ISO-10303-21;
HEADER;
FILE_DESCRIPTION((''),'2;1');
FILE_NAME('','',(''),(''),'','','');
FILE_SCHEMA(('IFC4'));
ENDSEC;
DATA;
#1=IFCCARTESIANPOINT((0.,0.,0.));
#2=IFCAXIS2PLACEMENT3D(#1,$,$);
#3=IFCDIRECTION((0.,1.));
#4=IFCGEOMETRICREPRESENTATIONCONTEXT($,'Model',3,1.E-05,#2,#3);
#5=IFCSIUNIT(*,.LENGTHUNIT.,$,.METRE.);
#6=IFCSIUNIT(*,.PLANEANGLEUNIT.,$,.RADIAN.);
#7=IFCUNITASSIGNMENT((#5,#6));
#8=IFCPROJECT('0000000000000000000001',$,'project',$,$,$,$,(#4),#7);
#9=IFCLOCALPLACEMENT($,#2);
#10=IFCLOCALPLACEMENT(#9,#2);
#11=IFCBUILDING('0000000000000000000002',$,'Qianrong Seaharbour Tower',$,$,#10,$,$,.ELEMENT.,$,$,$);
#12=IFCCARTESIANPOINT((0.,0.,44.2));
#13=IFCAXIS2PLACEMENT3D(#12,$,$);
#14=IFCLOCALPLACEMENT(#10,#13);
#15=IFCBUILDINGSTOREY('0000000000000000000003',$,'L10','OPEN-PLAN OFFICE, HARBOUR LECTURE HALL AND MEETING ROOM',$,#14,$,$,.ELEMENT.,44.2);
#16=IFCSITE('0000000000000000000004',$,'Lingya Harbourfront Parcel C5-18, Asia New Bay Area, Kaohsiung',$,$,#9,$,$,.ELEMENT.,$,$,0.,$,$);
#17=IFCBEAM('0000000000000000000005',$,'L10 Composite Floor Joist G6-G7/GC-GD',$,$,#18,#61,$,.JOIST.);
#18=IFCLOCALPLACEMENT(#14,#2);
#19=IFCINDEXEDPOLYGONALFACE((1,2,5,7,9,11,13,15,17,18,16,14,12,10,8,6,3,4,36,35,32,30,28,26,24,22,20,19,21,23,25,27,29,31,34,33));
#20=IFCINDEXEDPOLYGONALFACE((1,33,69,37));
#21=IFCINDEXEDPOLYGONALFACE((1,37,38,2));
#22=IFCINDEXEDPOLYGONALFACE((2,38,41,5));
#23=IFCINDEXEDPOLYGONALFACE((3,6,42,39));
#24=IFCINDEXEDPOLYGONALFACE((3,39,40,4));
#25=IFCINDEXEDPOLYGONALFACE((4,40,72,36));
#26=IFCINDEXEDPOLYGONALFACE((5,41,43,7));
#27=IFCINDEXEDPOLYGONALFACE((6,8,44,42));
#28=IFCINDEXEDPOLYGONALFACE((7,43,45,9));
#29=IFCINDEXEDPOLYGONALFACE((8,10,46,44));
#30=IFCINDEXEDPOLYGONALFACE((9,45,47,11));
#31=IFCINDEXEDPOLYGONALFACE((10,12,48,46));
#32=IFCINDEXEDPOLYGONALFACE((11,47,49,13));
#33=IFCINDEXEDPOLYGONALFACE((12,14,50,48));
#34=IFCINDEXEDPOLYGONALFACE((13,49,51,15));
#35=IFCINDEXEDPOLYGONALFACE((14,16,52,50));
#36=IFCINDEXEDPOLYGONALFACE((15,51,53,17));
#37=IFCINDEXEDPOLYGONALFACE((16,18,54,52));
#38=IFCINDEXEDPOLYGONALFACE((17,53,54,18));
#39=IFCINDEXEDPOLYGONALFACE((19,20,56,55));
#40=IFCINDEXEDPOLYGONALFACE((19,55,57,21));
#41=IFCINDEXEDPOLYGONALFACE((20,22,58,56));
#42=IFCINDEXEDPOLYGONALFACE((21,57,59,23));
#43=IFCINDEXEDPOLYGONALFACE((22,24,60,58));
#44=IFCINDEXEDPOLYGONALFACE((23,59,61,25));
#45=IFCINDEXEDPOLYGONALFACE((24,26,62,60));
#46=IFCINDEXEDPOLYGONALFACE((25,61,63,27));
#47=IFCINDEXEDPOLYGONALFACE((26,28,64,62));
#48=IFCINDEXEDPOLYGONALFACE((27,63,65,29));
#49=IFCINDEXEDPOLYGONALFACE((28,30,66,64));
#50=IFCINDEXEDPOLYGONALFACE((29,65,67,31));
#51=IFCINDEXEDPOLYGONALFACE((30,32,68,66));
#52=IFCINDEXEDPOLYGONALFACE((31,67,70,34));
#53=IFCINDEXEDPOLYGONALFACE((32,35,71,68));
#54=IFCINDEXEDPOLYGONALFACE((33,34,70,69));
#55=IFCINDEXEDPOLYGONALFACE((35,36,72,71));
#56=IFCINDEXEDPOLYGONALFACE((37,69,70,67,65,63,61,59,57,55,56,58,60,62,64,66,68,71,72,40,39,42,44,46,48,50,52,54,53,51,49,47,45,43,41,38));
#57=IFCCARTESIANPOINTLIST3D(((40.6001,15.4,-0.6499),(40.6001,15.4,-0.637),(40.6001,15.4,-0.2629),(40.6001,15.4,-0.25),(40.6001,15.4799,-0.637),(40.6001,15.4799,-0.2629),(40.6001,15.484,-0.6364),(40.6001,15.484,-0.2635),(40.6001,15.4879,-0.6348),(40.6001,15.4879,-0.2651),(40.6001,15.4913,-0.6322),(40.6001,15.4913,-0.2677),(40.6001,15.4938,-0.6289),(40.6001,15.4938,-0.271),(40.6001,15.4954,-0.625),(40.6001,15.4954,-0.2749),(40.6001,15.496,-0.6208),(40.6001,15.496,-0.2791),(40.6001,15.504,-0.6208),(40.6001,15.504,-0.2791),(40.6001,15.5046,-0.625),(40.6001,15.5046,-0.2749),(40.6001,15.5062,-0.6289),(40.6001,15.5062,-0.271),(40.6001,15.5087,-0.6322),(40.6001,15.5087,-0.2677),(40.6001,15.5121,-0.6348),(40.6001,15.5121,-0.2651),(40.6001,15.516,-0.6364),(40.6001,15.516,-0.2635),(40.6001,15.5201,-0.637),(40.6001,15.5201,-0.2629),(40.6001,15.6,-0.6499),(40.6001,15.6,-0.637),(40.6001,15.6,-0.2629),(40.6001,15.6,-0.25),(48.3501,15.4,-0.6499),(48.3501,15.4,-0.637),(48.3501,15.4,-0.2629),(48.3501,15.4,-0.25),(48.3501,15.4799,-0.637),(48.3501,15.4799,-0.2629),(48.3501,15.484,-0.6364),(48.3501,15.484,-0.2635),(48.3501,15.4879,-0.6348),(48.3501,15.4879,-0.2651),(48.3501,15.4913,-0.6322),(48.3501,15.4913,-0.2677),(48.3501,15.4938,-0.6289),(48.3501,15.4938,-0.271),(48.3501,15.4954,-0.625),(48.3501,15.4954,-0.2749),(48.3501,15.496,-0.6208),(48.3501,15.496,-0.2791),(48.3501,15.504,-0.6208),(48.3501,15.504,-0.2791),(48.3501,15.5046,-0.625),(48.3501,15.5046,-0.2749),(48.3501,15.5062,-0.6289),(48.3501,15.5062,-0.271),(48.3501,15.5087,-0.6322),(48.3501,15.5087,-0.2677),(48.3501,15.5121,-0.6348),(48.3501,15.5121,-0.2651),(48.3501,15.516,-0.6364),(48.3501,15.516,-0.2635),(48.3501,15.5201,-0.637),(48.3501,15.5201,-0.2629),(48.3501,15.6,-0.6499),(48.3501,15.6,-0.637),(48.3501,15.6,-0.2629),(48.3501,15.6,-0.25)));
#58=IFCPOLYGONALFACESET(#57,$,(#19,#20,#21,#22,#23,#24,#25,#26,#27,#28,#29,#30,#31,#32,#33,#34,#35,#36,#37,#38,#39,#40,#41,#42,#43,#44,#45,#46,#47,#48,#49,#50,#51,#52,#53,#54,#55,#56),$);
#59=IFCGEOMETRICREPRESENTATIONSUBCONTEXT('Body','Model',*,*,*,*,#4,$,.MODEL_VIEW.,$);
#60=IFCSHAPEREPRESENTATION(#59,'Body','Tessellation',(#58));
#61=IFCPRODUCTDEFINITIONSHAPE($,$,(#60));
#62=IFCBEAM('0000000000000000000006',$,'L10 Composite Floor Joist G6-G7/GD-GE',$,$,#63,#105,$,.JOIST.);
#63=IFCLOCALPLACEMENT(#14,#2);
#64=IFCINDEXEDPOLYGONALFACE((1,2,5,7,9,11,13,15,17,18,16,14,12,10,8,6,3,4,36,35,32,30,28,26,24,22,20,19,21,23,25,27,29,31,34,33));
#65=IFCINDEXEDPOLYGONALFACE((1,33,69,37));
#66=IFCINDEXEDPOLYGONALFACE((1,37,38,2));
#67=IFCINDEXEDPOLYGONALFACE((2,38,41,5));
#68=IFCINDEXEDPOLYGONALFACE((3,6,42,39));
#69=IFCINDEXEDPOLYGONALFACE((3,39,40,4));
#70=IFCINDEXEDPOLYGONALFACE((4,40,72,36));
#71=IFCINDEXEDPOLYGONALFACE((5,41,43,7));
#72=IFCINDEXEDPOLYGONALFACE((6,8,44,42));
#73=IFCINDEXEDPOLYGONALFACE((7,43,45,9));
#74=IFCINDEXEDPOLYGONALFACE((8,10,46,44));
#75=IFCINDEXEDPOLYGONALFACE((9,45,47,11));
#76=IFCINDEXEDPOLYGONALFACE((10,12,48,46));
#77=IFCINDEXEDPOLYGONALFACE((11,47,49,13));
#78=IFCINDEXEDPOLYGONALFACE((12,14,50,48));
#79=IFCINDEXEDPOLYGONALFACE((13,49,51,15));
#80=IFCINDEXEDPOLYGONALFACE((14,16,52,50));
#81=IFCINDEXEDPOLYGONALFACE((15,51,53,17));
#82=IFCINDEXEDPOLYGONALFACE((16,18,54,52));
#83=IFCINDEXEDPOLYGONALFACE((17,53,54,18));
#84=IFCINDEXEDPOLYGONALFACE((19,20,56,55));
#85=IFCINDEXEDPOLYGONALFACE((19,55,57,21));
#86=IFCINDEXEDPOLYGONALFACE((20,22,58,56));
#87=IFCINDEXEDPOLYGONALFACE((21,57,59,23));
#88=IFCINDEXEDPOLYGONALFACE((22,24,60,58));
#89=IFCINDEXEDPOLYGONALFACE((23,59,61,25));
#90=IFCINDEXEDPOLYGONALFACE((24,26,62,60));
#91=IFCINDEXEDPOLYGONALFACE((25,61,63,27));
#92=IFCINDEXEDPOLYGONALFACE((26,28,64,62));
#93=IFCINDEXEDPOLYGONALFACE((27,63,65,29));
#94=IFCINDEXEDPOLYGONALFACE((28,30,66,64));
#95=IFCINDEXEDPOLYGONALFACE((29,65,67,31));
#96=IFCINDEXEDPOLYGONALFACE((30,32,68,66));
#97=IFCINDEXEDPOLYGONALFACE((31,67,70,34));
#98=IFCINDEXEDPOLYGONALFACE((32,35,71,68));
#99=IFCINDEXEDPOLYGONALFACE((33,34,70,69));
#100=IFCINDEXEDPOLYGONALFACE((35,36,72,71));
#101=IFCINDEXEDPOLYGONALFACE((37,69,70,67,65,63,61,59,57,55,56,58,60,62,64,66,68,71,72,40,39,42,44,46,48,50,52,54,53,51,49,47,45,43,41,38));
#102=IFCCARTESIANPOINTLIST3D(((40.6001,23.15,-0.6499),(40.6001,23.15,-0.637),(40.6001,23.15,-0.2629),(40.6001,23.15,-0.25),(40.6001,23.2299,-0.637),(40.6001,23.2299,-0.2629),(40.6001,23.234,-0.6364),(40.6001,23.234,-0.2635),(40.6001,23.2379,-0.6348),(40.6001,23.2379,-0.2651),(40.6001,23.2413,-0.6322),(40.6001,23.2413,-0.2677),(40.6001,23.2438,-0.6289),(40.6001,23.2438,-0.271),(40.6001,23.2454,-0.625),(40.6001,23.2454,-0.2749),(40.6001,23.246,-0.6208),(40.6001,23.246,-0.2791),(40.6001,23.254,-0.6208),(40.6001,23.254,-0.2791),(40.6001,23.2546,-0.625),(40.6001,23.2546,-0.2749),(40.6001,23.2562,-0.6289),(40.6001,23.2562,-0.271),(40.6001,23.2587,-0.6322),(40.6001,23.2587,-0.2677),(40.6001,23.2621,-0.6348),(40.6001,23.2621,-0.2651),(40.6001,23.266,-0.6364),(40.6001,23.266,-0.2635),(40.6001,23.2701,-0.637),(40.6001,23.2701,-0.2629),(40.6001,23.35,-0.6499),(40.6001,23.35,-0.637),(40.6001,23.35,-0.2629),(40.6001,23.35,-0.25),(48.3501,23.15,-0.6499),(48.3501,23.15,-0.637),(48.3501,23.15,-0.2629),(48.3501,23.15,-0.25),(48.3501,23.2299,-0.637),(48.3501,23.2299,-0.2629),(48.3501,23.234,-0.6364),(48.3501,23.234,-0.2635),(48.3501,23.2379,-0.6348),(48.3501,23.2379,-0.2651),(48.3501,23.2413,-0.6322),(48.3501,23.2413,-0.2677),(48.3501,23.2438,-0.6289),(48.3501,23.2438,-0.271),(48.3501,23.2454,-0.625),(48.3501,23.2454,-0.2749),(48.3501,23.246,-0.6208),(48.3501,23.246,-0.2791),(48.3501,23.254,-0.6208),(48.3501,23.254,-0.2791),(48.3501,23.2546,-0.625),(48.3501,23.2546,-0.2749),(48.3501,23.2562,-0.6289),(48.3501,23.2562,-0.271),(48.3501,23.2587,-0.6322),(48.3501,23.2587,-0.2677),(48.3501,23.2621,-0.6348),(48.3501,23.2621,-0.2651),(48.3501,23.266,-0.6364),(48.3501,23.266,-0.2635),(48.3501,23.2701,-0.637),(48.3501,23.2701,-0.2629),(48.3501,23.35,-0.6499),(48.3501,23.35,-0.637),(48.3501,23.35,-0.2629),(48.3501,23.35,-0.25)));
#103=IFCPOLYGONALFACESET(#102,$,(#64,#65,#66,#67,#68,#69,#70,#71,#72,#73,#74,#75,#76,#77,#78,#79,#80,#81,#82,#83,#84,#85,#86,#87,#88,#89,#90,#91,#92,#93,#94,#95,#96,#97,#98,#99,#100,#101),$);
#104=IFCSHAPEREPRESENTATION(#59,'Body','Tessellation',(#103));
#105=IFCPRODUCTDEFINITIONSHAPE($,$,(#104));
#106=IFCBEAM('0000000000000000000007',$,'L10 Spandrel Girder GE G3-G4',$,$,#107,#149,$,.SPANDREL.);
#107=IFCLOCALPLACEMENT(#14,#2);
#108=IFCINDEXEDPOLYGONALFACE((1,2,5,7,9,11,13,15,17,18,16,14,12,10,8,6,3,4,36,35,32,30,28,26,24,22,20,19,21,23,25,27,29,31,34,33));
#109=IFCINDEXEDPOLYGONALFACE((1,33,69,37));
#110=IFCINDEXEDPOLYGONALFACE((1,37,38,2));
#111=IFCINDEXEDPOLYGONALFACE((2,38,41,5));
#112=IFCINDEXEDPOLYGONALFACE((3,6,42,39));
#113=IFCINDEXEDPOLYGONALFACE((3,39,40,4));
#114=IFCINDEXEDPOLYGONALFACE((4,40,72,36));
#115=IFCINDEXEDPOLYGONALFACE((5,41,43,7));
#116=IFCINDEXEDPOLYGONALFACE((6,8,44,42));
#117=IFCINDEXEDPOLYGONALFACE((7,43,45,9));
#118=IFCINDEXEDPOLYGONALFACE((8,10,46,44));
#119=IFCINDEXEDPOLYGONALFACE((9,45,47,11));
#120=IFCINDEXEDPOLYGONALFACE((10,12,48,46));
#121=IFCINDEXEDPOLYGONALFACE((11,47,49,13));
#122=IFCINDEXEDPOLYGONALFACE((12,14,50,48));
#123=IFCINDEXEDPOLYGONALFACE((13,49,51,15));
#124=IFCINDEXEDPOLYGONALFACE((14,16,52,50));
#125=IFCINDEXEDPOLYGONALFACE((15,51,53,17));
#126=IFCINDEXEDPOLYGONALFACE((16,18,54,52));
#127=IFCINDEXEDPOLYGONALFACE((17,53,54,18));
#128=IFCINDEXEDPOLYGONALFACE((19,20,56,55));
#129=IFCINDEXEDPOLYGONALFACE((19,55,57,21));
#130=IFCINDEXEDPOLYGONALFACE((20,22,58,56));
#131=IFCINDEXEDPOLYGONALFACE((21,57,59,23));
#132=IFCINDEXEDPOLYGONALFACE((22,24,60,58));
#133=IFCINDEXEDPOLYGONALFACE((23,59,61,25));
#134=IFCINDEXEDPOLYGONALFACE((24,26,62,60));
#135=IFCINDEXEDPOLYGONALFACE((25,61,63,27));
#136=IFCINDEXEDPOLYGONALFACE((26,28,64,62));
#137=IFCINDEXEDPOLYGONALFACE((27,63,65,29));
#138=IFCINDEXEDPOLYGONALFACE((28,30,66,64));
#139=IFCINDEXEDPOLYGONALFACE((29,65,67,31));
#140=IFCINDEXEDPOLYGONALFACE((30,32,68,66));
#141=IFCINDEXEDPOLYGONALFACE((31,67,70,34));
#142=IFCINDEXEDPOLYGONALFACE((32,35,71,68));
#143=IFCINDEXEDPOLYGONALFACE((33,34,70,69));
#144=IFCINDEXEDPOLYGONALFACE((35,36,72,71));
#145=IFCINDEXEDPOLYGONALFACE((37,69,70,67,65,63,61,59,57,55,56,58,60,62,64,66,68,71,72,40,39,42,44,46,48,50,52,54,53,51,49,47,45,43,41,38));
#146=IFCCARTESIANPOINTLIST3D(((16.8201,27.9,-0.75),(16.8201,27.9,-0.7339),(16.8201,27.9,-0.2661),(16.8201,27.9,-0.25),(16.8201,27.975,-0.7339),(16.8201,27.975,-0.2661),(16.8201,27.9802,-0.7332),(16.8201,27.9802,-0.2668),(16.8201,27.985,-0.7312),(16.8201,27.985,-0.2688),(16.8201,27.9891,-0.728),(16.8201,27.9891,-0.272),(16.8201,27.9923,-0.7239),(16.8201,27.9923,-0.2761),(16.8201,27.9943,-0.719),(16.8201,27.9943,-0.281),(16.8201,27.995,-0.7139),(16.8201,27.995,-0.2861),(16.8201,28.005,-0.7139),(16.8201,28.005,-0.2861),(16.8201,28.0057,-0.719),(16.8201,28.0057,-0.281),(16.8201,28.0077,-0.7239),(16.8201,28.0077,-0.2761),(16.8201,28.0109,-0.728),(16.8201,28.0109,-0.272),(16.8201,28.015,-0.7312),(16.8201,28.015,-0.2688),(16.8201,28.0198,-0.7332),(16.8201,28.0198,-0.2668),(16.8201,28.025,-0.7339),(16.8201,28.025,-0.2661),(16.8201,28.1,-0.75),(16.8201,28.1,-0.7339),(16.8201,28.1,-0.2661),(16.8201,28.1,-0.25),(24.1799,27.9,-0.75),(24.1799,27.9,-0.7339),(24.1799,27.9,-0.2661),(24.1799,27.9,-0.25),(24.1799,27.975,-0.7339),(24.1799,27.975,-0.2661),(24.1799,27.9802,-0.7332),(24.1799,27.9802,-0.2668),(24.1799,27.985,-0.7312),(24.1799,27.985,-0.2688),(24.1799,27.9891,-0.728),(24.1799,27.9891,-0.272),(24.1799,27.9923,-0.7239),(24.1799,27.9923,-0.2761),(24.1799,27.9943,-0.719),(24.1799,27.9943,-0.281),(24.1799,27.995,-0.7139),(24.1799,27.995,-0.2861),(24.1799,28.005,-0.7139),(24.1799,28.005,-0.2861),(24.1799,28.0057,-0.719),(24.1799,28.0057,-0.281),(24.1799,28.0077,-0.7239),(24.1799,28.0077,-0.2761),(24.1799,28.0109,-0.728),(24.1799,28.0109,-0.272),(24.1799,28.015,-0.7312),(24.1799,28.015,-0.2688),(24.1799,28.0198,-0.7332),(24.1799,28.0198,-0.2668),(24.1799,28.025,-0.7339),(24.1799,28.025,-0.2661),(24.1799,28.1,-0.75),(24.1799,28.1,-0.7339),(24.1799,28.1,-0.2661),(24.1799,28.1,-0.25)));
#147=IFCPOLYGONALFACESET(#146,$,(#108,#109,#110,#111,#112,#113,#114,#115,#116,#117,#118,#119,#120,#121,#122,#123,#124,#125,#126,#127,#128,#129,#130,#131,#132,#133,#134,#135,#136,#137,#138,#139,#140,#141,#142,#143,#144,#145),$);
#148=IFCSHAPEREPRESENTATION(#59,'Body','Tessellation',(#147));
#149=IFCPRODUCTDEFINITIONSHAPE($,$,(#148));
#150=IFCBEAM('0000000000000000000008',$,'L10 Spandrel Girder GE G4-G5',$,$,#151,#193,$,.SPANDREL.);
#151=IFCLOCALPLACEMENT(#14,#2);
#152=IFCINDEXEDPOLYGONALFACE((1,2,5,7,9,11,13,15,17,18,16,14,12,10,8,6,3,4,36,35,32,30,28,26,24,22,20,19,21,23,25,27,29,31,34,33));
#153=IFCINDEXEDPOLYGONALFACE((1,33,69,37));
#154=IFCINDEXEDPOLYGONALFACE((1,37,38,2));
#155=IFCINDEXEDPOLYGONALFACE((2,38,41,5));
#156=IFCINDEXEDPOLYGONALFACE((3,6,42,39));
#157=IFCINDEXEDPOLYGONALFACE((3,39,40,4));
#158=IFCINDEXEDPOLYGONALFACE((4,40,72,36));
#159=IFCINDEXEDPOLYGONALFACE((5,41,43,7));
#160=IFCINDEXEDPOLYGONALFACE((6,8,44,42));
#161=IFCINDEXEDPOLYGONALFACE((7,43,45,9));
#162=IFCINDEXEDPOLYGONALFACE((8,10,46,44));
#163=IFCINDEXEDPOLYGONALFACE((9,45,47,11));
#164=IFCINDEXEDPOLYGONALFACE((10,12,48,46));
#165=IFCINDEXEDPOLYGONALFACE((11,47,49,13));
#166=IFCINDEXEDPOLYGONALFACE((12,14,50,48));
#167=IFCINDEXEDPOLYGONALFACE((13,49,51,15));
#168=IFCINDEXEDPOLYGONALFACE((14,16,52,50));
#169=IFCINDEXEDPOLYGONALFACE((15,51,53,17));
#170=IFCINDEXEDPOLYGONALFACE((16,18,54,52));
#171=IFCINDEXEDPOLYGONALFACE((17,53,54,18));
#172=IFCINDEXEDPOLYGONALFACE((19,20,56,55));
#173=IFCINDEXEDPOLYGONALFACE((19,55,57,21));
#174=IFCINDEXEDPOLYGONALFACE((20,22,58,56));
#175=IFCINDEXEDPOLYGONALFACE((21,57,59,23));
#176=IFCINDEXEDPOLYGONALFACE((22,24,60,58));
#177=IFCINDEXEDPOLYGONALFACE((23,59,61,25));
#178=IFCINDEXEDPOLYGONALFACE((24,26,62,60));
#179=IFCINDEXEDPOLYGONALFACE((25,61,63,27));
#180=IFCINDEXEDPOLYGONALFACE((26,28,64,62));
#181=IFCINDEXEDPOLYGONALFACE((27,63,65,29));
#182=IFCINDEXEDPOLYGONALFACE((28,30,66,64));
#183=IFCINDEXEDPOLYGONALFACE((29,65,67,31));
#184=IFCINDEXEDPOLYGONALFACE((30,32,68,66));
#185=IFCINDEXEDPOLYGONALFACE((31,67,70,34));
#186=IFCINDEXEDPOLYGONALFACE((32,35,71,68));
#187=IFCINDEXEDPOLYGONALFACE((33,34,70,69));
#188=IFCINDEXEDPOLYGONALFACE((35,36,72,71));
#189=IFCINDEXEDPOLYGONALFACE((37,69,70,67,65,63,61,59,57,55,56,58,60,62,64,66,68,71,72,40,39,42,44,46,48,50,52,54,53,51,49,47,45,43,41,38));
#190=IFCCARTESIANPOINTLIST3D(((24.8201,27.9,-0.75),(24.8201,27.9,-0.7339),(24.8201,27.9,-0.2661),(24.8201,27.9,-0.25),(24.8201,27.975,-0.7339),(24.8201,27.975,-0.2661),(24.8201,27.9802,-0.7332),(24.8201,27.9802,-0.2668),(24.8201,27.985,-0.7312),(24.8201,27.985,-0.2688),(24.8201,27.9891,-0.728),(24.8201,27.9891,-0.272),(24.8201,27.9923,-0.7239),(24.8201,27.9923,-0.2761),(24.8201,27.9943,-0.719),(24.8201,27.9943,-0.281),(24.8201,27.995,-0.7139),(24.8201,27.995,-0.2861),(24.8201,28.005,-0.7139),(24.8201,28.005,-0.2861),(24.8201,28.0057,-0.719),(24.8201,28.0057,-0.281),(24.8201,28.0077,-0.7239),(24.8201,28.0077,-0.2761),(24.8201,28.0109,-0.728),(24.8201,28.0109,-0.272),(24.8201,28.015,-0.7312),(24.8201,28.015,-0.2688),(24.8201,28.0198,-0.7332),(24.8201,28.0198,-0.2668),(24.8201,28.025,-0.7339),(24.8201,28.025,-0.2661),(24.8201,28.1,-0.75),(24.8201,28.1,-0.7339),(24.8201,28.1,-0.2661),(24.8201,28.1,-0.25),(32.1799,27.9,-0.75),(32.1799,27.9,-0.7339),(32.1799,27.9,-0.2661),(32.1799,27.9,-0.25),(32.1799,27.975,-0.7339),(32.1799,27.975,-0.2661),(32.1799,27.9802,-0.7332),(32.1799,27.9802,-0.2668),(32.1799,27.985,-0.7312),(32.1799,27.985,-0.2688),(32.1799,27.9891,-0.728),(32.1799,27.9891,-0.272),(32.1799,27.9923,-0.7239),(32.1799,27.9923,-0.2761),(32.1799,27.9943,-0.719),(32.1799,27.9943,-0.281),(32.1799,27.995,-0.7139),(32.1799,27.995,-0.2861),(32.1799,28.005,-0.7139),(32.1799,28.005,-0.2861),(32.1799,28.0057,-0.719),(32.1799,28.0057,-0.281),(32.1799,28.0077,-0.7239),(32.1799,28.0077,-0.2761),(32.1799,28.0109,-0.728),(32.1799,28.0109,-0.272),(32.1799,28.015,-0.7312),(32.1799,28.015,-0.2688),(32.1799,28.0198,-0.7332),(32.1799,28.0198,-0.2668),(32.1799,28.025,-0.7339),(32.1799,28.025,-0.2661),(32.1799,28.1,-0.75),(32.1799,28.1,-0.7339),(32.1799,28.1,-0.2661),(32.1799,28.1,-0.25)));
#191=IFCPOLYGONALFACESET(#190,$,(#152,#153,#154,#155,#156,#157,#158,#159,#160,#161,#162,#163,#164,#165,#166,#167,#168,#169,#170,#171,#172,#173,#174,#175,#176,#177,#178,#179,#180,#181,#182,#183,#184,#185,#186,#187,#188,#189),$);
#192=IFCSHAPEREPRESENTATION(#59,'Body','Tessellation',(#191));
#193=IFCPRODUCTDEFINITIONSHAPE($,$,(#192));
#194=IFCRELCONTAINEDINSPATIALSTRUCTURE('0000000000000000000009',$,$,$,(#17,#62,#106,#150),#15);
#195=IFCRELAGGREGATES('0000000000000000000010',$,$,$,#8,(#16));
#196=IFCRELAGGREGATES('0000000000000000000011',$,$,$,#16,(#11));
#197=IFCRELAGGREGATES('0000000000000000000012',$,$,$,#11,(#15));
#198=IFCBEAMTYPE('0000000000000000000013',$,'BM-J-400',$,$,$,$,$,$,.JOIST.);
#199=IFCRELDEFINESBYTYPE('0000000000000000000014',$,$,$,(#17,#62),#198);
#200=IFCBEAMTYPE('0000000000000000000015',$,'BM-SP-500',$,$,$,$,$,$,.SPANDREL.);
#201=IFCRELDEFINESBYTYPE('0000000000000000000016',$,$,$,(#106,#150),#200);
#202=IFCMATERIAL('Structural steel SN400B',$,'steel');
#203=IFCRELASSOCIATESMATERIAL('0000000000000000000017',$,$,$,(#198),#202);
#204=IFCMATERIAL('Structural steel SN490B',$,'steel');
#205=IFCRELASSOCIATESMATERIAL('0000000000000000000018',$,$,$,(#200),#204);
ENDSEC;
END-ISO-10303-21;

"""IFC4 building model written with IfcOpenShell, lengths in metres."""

from ifc_helpers import new_model, si_unit, direction, frame, origin, origin_2d, place, context, subcontext, project, spatial, i_section, extrude, material, material_profile, profile_set, type_object, element, save


model = new_model("IFC4")

# Units and contexts
model_context = context("Model", 3, precision=1e-05, world=origin(), true_north=direction((0.0, 1.0)))
body_context = subcontext(model_context, "Body", "Model", "MODEL_VIEW")
ifc_project = project(units=[si_unit("LENGTHUNIT", "METRE"), si_unit("PLANEANGLEUNIT", "RADIAN")], contexts=[model_context])

# Site, building, storey
site_placement = place(None, origin())
site = spatial("IfcSite", under=ifc_project, at=site_placement, Name="Lingya Harbourfront Parcel C5-18, Asia New Bay Area, Kaohsiung", CompositionType="ELEMENT", RefElevation=0.0)
building_placement = place(site_placement, origin())
building = spatial("IfcBuilding", under=site, at=building_placement, Name="Qianrong Seaharbour Tower", CompositionType="ELEMENT")
storey_placement = place(building_placement, frame((0.0, 0.0, 44.2)))
storey = spatial("IfcBuildingStorey", under=building, at=storey_placement, Name="L10", Description="OPEN-PLAN OFFICE, HARBOUR LECTURE HALL AND MEETING ROOM", CompositionType="ELEMENT", Elevation=44.2)

# Shared definitions
ifc_material_1 = material(Name="Structural steel SN490B", Category="steel")

# Beams
ifc_material_2 = material(Name="Structural steel SN400B", Category="steel")
ifc_material_profile_1 = material_profile(ifc_material_2, i_section(OverallWidth=0.2, OverallDepth=0.3999, WebThickness=0.0081, FlangeThickness=0.0129, FilletRadius=0.0161, at=origin_2d()), Name="H400x200x8x13")
ifc_profile_set_1 = profile_set([ifc_material_profile_1], Name="Structural steel SN400B")
beam_type_1 = type_object("IfcBeamType", Name="BM-J-400", PredefinedType="JOIST", material=ifc_profile_set_1)
for number, where, z_axis, x_axis, name in (
    (1, (40.6001, 15.5, -0.45), (1.0, 0.0, 0.0), (0.0, 1.0, 0.0), "L10 Composite Floor Joist G6-G7/GC-GD"),
    (2, (40.6001, 23.25, -0.45), (1.0, 0.0, 0.0), (0.0, 1.0, 0.0), "L10 Composite Floor Joist G6-G7/GD-GE"),
):
    element("IfcBeam", number, at=place(storey_placement, frame(where, z_axis=z_axis, x_axis=x_axis)), inside=storey, type_object=beam_type_1, Name=name, PredefinedType="JOIST", context=body_context, shape_type="SweptSolid", body=[
        extrude(i_section(OverallWidth=0.2, OverallDepth=0.3999, WebThickness=0.0081, FlangeThickness=0.0129, FilletRadius=0.0161, at=origin_2d()), origin(), (0.0, 0.0, 1.0), 7.75),
    ])
ifc_material_profile_2 = material_profile(ifc_material_1, i_section(OverallWidth=0.2, OverallDepth=0.5, WebThickness=0.01, FlangeThickness=0.0161, FilletRadius=0.02, at=origin_2d()), Name="H500x200x10x16")
ifc_profile_set_2 = profile_set([ifc_material_profile_2], Name="Structural steel SN490B")
beam_type_2 = type_object("IfcBeamType", Name="BM-SP-500", PredefinedType="SPANDREL", material=ifc_profile_set_2)
for number, where, z_axis, x_axis, name in (
    (3, (16.8201, 28.0, -0.5), (1.0, 0.0, 0.0), (0.0, 1.0, 0.0), "L10 Spandrel Girder GE G3-G4"),
    (4, (24.8201, 28.0, -0.5), (1.0, 0.0, 0.0), (0.0, 1.0, 0.0), "L10 Spandrel Girder GE G4-G5"),
):
    element("IfcBeam", number, at=place(storey_placement, frame(where, z_axis=z_axis, x_axis=x_axis)), inside=storey, type_object=beam_type_2, Name=name, PredefinedType="SPANDREL", context=body_context, shape_type="SweptSolid", body=[
        extrude(i_section(OverallWidth=0.2, OverallDepth=0.5, WebThickness=0.01, FlangeThickness=0.0161, FilletRadius=0.02, at=origin_2d()), origin(), (0.0, 0.0, 1.0), 7.3599),
    ])

save(model, "model.ifc")
